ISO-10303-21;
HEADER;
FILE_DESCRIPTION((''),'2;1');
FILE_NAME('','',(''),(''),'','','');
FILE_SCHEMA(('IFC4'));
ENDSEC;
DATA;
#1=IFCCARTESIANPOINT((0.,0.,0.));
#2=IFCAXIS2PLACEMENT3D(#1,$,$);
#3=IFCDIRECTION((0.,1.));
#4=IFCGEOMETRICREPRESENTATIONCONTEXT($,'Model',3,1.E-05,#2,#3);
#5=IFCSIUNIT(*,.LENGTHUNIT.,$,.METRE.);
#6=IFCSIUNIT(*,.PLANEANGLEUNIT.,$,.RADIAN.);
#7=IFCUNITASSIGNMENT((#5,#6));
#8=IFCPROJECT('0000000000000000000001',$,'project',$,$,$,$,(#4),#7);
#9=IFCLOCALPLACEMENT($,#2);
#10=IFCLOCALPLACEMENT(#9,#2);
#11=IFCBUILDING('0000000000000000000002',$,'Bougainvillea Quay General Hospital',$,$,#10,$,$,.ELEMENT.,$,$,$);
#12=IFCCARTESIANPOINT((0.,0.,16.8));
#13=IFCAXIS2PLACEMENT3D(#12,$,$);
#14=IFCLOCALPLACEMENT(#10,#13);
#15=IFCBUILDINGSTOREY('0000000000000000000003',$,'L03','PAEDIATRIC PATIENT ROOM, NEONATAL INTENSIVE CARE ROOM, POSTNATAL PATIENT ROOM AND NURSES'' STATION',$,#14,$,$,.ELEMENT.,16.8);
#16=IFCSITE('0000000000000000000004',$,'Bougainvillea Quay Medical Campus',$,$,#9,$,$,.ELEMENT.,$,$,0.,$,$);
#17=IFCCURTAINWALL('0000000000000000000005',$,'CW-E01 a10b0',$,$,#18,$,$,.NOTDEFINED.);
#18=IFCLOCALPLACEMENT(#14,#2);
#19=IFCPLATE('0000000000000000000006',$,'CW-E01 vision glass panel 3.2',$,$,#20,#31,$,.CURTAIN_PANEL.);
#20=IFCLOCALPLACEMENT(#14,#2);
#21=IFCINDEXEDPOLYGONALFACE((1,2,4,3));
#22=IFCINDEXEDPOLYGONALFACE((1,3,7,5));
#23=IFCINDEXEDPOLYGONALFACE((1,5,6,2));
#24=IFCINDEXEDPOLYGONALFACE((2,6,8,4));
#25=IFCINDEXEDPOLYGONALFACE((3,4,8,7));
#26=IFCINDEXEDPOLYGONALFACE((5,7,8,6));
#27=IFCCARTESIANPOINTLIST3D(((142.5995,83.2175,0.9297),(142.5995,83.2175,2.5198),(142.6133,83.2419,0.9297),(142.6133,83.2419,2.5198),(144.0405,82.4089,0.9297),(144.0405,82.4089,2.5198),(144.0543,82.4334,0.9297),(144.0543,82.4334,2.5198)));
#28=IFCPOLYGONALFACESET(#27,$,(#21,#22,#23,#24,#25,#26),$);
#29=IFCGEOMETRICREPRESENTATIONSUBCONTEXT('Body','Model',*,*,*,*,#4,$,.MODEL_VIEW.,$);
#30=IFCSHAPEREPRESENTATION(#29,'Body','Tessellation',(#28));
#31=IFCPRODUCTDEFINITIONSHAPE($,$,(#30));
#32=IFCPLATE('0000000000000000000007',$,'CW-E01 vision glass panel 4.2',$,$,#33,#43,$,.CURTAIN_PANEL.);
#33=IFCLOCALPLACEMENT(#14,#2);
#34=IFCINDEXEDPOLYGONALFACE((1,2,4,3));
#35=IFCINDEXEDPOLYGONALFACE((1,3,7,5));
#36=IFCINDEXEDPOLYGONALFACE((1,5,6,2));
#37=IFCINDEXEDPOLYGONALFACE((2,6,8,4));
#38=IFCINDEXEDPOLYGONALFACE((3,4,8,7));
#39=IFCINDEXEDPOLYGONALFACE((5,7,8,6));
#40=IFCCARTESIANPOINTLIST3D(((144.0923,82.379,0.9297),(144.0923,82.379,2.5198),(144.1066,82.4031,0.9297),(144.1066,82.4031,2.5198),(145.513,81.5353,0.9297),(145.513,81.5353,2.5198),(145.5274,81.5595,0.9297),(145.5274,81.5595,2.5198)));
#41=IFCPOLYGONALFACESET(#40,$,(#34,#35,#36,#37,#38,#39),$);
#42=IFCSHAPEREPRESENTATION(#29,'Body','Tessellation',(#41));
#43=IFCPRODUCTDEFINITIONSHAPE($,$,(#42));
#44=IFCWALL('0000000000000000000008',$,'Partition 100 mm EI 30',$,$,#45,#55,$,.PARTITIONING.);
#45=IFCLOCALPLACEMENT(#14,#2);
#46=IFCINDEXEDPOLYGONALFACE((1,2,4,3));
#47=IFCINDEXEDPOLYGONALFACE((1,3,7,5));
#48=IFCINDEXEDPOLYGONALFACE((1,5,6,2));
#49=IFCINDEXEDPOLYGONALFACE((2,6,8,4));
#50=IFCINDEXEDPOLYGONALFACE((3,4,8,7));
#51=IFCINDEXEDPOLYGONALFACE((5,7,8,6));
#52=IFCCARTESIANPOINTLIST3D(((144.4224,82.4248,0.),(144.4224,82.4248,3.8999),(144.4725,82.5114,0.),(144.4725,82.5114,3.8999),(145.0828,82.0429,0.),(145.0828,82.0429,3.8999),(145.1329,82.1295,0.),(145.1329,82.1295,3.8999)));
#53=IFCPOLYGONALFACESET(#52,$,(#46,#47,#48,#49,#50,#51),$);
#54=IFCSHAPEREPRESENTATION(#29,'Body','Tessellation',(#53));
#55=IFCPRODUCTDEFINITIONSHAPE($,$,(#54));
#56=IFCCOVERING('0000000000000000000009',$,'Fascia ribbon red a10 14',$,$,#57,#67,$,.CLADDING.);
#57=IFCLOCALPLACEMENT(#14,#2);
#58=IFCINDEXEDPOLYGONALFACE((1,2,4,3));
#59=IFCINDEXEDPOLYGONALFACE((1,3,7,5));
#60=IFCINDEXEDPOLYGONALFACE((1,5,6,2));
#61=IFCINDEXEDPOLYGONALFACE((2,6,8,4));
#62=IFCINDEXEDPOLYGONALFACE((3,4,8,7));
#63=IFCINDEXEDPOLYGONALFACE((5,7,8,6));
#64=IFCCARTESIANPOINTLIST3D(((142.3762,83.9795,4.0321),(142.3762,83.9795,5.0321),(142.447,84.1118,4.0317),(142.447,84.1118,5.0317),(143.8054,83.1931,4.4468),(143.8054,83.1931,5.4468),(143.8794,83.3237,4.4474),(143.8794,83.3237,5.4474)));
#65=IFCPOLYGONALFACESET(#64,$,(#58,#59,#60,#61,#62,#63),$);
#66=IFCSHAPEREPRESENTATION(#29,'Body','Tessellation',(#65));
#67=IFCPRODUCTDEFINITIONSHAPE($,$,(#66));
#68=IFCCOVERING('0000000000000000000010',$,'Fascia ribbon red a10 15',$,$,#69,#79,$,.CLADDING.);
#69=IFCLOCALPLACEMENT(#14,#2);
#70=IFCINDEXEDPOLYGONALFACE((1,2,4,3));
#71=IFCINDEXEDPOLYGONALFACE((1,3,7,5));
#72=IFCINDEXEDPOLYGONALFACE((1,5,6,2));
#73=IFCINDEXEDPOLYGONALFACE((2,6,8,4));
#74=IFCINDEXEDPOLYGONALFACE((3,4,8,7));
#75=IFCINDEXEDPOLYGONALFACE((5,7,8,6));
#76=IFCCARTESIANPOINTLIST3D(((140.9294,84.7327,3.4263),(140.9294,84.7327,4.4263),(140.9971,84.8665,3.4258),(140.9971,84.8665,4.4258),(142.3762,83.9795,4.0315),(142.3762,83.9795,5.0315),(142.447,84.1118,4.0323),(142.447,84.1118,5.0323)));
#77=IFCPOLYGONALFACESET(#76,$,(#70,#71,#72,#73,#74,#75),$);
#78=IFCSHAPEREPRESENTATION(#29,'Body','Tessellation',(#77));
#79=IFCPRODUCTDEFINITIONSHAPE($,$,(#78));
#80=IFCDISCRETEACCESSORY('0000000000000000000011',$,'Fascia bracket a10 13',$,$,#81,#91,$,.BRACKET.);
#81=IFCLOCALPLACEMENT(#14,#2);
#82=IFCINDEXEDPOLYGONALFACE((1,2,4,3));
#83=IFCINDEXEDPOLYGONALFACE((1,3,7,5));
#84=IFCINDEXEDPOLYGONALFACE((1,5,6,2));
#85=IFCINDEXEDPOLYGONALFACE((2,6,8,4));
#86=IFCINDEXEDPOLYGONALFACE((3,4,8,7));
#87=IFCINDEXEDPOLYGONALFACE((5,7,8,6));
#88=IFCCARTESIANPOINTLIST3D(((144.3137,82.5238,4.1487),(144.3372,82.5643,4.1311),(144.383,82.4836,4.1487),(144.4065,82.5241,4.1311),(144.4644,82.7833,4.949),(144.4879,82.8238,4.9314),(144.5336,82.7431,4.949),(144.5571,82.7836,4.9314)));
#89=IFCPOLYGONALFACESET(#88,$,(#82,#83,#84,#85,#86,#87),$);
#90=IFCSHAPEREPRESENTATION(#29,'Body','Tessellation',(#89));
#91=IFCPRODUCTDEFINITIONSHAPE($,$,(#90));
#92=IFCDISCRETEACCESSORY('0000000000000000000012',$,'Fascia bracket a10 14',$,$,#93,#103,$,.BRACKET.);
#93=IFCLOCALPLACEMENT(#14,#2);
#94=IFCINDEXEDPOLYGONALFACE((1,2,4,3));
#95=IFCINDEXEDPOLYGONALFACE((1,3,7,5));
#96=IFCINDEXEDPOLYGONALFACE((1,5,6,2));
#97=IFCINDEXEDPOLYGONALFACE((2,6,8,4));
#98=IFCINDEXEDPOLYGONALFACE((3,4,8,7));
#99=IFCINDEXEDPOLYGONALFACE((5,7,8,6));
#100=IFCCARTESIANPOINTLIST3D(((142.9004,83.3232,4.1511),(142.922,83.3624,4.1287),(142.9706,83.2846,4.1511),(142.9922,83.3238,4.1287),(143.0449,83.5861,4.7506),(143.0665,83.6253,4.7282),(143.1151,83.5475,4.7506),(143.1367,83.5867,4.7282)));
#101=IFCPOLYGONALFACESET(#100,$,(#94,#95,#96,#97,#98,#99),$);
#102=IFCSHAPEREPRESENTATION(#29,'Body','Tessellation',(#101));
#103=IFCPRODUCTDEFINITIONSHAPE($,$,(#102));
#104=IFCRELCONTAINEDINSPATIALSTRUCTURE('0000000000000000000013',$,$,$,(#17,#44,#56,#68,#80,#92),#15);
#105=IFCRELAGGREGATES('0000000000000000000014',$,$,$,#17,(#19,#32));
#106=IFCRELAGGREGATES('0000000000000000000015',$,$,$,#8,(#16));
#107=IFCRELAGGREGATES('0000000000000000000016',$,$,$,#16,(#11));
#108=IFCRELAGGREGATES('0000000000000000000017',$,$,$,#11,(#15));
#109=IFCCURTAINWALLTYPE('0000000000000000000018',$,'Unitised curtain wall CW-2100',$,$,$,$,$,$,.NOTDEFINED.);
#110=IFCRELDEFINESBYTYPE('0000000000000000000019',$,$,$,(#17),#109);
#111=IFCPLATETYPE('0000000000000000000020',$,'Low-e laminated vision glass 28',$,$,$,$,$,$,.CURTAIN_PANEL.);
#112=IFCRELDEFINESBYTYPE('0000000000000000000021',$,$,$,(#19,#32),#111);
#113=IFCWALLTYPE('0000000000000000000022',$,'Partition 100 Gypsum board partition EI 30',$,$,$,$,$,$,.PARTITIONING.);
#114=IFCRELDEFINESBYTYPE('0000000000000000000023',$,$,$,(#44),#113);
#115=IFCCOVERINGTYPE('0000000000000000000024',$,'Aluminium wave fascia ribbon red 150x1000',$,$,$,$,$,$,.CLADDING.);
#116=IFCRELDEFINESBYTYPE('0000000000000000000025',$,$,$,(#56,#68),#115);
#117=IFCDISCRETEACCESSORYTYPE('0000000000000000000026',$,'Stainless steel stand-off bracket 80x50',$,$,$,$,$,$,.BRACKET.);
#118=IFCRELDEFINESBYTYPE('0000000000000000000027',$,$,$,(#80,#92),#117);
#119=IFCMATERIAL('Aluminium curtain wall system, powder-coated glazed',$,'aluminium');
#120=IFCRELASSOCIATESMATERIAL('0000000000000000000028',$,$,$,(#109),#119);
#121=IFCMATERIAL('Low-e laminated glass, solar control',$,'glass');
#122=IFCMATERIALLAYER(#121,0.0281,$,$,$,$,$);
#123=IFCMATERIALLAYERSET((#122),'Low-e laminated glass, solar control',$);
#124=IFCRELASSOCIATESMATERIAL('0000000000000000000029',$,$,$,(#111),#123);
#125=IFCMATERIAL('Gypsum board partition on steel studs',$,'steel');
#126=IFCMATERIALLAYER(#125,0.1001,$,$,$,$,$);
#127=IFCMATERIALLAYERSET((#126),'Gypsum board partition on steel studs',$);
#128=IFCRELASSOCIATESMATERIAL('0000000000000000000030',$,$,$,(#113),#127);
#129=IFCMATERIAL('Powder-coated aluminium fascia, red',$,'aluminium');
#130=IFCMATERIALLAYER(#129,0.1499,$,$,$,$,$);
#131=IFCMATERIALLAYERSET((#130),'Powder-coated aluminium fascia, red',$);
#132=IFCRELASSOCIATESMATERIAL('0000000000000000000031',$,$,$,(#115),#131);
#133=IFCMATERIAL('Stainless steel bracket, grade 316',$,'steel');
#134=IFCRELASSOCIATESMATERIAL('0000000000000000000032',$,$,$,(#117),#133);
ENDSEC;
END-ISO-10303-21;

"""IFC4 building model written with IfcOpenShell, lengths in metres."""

from ifc_helpers import new_model, si_unit, direction, frame, frame_2d, origin, origin_2d, place, context, subcontext, project, spatial, polyline, rectangle, outline, extrude, material, layer, layer_set, material_profile, profile_set, type_object, element, aggregate, save


model = new_model("IFC4")

# Units and contexts
model_context = context("Model", 3, precision=1e-05, world=origin(), true_north=direction((0.0, 1.0)))
body_context = subcontext(model_context, "Body", "Model", "MODEL_VIEW")
ifc_project = project(units=[si_unit("LENGTHUNIT", "METRE"), si_unit("PLANEANGLEUNIT", "RADIAN")], contexts=[model_context])

# Site, building, storey
site_placement = place(None, origin())
site = spatial("IfcSite", under=ifc_project, at=site_placement, Name="Bougainvillea Quay Medical Campus", CompositionType="ELEMENT", RefElevation=0.0)
building_placement = place(site_placement, origin())
building = spatial("IfcBuilding", under=site, at=building_placement, Name="Bougainvillea Quay General Hospital", CompositionType="ELEMENT")
storey_placement = place(building_placement, frame((0.0, 0.0, 16.8)))
storey = spatial("IfcBuildingStorey", under=building, at=storey_placement, Name="L03", Description="PAEDIATRIC PATIENT ROOM, NEONATAL INTENSIVE CARE ROOM, POSTNATAL PATIENT ROOM AND NURSES' STATION", CompositionType="ELEMENT", Elevation=16.8)

# Curtain wall, plates
ifc_material_1 = material(Name="Aluminium curtain wall system, powder-coated glazed", Category="aluminium")
curtain_wall_type = type_object("IfcCurtainWallType", Name="Unitised curtain wall CW-2100", PredefinedType="NOTDEFINED", material=ifc_material_1)
curtain_wall_placement = place(storey_placement, origin())
curtain_wall = element("IfcCurtainWall", 1, at=curtain_wall_placement, inside=storey, type_object=curtain_wall_type, Name="CW-E01 a10b0", PredefinedType="NOTDEFINED")
ifc_material_2 = material(Name="Low-e laminated glass, solar control", Category="glass")
ifc_layer_1 = layer(ifc_material_2, 0.0281)
ifc_layer_set_1 = layer_set([ifc_layer_1], Name="Low-e laminated glass, solar control")
plate_type_1 = type_object("IfcPlateType", Name="Low-e laminated vision glass 28", PredefinedType="CURTAIN_PANEL", material=ifc_layer_set_1)
plate_1_placement = place(storey_placement, frame((143.3269, 82.8254, 0.9297), z_axis=(0.0, 0.0, 1.0), x_axis=(0.87211, -0.48931, 0.0)))
plate_1 = element("IfcPlate", 2, at=plate_1_placement, type_object=plate_type_1, Name="CW-E01 vision glass panel 3.2", PredefinedType="CURTAIN_PANEL", context=body_context, shape_type="SweptSolid", body=[
    extrude(rectangle(XDim=1.6523, YDim=0.0281, at=origin_2d()), origin(), (0.0, 0.0, 1.0), 1.5901),
])
plate_2_placement = place(storey_placement, frame((144.8098, 81.9692, 0.9297), z_axis=(0.0, 0.0, 1.0), x_axis=(0.859835, -0.510572, 0.0)))
plate_2 = element("IfcPlate", 3, at=plate_2_placement, type_object=plate_type_1, Name="CW-E01 vision glass panel 4.2", PredefinedType="CURTAIN_PANEL", context=body_context, shape_type="SweptSolid", body=[
    extrude(rectangle(XDim=1.6523, YDim=0.0281, at=origin_2d()), origin(), (0.0, 0.0, 1.0), 1.5901),
])
aggregate(curtain_wall, [plate_1, plate_2])

# Wall
ifc_material_3 = material(Name="Gypsum board partition on steel studs", Category="steel")
ifc_layer_2 = layer(ifc_material_3, 0.1001)
ifc_layer_set_2 = layer_set([ifc_layer_2], Name="Gypsum board partition on steel studs")
wall_type = type_object("IfcWallType", Name="Partition 100 Gypsum board partition EI 30", PredefinedType="PARTITIONING", material=ifc_layer_set_2)
wall_placement = place(storey_placement, frame((144.4475, 82.468, 0.0), z_axis=(0.0, 0.0, 1.0), x_axis=(0.865711, -0.500544, 0.0)))
element("IfcWall", 4, at=wall_placement, inside=storey, type_object=wall_type, Name="Partition 100 mm EI 30", PredefinedType="PARTITIONING", context=body_context, shape_type="SweptSolid", body=[
    extrude(rectangle(XDim=0.7629, YDim=0.1001, at=frame_2d((0.3813, 0.0))), origin(), (0.0, 0.0, 1.0), 3.8999),
])

# Coverings
ifc_material_4 = material(Name="Powder-coated aluminium fascia, red", Category="aluminium")
ifc_layer_3 = layer(ifc_material_4, 0.1499)
ifc_layer_set_3 = layer_set([ifc_layer_3], Name="Powder-coated aluminium fascia, red")
covering_type = type_object("IfcCoveringType", Name="Aluminium wave fascia ribbon red 150x1000", PredefinedType="CLADDING", material=ifc_layer_set_3)
covering_1_placement = place(storey_placement, frame((143.8054, 83.1931, 4.4468), z_axis=(-0.216212, 0.118147, 0.969172), x_axis=(-0.849124, 0.467207, -0.246386)))
element("IfcCovering", 5, at=covering_1_placement, inside=storey, type_object=covering_type, Name="Fascia ribbon red a10 14", PredefinedType="CLADDING", context=body_context, shape_type="SweptSolid", body=[
    extrude(outline(polyline([(0.0, 0.0), (1.6832, 0.0), (1.6849, -0.1501), (-0.0019, -0.1501), (0.0, 0.0)])), origin(), (-0.246386, -0.000694, 0.969172), 1.0),
])
covering_2_placement = place(storey_placement, frame((142.3762, 83.9795, 4.0315), z_axis=(-0.308957, 0.159854, 0.937546), x_axis=(-0.831607, 0.432924, -0.347861)))
element("IfcCovering", 6, at=covering_2_placement, inside=storey, type_object=covering_type, Name="Fascia ribbon red a10 15", PredefinedType="CLADDING", context=body_context, shape_type="SweptSolid", body=[
    extrude(outline(polyline([(0.0, 0.0), (1.7398, 0.0), (1.7416, -0.1499), (-0.0018, -0.1501), (0.0, 0.0)])), origin(), (-0.347861, -0.000819, 0.937546), 1.0),
])

# Discrete accessories
ifc_material_5 = material(Name="Stainless steel bracket, grade 316", Category="steel")
ifc_material_profile_1 = material_profile(ifc_material_5, rectangle(XDim=0.0801, YDim=0.05, at=origin_2d()))
ifc_profile_set_1 = profile_set([ifc_material_profile_1], Name="Stainless steel bracket, grade 316")
discrete_accessory_type = type_object("IfcDiscreteAccessoryType", Name="Stainless steel stand-off bracket 80x50", PredefinedType="BRACKET", material=ifc_profile_set_1)
discrete_accessory_1_placement = place(storey_placement, frame((144.3601, 82.5239, 4.1399), z_axis=(0.176243, 0.303641, 0.936344), x_axis=(-0.864869, 0.501998, 0.0)))
element("IfcDiscreteAccessory", 7, at=discrete_accessory_1_placement, inside=storey, type_object=discrete_accessory_type, Name="Fascia bracket a10 13", PredefinedType="BRACKET", context=body_context, shape_type="SweptSolid", body=[
    extrude(rectangle(XDim=0.0801, YDim=0.05, at=origin_2d()), origin(), (0.0, 0.0, 1.0), 0.8547),
])
discrete_accessory_2_placement = place(storey_placement, frame((142.9463, 83.3235, 4.1399), z_axis=(0.21556, 0.39216, 0.894284), x_axis=(-0.876336, 0.4817, 0.0)))
element("IfcDiscreteAccessory", 8, at=discrete_accessory_2_placement, inside=storey, type_object=discrete_accessory_type, Name="Fascia bracket a10 14", PredefinedType="BRACKET", context=body_context, shape_type="SweptSolid", body=[
    extrude(rectangle(XDim=0.0801, YDim=0.05, at=origin_2d()), origin(), (0.0, 0.0, 1.0), 0.6704),
])

save(model, "model.ifc")
